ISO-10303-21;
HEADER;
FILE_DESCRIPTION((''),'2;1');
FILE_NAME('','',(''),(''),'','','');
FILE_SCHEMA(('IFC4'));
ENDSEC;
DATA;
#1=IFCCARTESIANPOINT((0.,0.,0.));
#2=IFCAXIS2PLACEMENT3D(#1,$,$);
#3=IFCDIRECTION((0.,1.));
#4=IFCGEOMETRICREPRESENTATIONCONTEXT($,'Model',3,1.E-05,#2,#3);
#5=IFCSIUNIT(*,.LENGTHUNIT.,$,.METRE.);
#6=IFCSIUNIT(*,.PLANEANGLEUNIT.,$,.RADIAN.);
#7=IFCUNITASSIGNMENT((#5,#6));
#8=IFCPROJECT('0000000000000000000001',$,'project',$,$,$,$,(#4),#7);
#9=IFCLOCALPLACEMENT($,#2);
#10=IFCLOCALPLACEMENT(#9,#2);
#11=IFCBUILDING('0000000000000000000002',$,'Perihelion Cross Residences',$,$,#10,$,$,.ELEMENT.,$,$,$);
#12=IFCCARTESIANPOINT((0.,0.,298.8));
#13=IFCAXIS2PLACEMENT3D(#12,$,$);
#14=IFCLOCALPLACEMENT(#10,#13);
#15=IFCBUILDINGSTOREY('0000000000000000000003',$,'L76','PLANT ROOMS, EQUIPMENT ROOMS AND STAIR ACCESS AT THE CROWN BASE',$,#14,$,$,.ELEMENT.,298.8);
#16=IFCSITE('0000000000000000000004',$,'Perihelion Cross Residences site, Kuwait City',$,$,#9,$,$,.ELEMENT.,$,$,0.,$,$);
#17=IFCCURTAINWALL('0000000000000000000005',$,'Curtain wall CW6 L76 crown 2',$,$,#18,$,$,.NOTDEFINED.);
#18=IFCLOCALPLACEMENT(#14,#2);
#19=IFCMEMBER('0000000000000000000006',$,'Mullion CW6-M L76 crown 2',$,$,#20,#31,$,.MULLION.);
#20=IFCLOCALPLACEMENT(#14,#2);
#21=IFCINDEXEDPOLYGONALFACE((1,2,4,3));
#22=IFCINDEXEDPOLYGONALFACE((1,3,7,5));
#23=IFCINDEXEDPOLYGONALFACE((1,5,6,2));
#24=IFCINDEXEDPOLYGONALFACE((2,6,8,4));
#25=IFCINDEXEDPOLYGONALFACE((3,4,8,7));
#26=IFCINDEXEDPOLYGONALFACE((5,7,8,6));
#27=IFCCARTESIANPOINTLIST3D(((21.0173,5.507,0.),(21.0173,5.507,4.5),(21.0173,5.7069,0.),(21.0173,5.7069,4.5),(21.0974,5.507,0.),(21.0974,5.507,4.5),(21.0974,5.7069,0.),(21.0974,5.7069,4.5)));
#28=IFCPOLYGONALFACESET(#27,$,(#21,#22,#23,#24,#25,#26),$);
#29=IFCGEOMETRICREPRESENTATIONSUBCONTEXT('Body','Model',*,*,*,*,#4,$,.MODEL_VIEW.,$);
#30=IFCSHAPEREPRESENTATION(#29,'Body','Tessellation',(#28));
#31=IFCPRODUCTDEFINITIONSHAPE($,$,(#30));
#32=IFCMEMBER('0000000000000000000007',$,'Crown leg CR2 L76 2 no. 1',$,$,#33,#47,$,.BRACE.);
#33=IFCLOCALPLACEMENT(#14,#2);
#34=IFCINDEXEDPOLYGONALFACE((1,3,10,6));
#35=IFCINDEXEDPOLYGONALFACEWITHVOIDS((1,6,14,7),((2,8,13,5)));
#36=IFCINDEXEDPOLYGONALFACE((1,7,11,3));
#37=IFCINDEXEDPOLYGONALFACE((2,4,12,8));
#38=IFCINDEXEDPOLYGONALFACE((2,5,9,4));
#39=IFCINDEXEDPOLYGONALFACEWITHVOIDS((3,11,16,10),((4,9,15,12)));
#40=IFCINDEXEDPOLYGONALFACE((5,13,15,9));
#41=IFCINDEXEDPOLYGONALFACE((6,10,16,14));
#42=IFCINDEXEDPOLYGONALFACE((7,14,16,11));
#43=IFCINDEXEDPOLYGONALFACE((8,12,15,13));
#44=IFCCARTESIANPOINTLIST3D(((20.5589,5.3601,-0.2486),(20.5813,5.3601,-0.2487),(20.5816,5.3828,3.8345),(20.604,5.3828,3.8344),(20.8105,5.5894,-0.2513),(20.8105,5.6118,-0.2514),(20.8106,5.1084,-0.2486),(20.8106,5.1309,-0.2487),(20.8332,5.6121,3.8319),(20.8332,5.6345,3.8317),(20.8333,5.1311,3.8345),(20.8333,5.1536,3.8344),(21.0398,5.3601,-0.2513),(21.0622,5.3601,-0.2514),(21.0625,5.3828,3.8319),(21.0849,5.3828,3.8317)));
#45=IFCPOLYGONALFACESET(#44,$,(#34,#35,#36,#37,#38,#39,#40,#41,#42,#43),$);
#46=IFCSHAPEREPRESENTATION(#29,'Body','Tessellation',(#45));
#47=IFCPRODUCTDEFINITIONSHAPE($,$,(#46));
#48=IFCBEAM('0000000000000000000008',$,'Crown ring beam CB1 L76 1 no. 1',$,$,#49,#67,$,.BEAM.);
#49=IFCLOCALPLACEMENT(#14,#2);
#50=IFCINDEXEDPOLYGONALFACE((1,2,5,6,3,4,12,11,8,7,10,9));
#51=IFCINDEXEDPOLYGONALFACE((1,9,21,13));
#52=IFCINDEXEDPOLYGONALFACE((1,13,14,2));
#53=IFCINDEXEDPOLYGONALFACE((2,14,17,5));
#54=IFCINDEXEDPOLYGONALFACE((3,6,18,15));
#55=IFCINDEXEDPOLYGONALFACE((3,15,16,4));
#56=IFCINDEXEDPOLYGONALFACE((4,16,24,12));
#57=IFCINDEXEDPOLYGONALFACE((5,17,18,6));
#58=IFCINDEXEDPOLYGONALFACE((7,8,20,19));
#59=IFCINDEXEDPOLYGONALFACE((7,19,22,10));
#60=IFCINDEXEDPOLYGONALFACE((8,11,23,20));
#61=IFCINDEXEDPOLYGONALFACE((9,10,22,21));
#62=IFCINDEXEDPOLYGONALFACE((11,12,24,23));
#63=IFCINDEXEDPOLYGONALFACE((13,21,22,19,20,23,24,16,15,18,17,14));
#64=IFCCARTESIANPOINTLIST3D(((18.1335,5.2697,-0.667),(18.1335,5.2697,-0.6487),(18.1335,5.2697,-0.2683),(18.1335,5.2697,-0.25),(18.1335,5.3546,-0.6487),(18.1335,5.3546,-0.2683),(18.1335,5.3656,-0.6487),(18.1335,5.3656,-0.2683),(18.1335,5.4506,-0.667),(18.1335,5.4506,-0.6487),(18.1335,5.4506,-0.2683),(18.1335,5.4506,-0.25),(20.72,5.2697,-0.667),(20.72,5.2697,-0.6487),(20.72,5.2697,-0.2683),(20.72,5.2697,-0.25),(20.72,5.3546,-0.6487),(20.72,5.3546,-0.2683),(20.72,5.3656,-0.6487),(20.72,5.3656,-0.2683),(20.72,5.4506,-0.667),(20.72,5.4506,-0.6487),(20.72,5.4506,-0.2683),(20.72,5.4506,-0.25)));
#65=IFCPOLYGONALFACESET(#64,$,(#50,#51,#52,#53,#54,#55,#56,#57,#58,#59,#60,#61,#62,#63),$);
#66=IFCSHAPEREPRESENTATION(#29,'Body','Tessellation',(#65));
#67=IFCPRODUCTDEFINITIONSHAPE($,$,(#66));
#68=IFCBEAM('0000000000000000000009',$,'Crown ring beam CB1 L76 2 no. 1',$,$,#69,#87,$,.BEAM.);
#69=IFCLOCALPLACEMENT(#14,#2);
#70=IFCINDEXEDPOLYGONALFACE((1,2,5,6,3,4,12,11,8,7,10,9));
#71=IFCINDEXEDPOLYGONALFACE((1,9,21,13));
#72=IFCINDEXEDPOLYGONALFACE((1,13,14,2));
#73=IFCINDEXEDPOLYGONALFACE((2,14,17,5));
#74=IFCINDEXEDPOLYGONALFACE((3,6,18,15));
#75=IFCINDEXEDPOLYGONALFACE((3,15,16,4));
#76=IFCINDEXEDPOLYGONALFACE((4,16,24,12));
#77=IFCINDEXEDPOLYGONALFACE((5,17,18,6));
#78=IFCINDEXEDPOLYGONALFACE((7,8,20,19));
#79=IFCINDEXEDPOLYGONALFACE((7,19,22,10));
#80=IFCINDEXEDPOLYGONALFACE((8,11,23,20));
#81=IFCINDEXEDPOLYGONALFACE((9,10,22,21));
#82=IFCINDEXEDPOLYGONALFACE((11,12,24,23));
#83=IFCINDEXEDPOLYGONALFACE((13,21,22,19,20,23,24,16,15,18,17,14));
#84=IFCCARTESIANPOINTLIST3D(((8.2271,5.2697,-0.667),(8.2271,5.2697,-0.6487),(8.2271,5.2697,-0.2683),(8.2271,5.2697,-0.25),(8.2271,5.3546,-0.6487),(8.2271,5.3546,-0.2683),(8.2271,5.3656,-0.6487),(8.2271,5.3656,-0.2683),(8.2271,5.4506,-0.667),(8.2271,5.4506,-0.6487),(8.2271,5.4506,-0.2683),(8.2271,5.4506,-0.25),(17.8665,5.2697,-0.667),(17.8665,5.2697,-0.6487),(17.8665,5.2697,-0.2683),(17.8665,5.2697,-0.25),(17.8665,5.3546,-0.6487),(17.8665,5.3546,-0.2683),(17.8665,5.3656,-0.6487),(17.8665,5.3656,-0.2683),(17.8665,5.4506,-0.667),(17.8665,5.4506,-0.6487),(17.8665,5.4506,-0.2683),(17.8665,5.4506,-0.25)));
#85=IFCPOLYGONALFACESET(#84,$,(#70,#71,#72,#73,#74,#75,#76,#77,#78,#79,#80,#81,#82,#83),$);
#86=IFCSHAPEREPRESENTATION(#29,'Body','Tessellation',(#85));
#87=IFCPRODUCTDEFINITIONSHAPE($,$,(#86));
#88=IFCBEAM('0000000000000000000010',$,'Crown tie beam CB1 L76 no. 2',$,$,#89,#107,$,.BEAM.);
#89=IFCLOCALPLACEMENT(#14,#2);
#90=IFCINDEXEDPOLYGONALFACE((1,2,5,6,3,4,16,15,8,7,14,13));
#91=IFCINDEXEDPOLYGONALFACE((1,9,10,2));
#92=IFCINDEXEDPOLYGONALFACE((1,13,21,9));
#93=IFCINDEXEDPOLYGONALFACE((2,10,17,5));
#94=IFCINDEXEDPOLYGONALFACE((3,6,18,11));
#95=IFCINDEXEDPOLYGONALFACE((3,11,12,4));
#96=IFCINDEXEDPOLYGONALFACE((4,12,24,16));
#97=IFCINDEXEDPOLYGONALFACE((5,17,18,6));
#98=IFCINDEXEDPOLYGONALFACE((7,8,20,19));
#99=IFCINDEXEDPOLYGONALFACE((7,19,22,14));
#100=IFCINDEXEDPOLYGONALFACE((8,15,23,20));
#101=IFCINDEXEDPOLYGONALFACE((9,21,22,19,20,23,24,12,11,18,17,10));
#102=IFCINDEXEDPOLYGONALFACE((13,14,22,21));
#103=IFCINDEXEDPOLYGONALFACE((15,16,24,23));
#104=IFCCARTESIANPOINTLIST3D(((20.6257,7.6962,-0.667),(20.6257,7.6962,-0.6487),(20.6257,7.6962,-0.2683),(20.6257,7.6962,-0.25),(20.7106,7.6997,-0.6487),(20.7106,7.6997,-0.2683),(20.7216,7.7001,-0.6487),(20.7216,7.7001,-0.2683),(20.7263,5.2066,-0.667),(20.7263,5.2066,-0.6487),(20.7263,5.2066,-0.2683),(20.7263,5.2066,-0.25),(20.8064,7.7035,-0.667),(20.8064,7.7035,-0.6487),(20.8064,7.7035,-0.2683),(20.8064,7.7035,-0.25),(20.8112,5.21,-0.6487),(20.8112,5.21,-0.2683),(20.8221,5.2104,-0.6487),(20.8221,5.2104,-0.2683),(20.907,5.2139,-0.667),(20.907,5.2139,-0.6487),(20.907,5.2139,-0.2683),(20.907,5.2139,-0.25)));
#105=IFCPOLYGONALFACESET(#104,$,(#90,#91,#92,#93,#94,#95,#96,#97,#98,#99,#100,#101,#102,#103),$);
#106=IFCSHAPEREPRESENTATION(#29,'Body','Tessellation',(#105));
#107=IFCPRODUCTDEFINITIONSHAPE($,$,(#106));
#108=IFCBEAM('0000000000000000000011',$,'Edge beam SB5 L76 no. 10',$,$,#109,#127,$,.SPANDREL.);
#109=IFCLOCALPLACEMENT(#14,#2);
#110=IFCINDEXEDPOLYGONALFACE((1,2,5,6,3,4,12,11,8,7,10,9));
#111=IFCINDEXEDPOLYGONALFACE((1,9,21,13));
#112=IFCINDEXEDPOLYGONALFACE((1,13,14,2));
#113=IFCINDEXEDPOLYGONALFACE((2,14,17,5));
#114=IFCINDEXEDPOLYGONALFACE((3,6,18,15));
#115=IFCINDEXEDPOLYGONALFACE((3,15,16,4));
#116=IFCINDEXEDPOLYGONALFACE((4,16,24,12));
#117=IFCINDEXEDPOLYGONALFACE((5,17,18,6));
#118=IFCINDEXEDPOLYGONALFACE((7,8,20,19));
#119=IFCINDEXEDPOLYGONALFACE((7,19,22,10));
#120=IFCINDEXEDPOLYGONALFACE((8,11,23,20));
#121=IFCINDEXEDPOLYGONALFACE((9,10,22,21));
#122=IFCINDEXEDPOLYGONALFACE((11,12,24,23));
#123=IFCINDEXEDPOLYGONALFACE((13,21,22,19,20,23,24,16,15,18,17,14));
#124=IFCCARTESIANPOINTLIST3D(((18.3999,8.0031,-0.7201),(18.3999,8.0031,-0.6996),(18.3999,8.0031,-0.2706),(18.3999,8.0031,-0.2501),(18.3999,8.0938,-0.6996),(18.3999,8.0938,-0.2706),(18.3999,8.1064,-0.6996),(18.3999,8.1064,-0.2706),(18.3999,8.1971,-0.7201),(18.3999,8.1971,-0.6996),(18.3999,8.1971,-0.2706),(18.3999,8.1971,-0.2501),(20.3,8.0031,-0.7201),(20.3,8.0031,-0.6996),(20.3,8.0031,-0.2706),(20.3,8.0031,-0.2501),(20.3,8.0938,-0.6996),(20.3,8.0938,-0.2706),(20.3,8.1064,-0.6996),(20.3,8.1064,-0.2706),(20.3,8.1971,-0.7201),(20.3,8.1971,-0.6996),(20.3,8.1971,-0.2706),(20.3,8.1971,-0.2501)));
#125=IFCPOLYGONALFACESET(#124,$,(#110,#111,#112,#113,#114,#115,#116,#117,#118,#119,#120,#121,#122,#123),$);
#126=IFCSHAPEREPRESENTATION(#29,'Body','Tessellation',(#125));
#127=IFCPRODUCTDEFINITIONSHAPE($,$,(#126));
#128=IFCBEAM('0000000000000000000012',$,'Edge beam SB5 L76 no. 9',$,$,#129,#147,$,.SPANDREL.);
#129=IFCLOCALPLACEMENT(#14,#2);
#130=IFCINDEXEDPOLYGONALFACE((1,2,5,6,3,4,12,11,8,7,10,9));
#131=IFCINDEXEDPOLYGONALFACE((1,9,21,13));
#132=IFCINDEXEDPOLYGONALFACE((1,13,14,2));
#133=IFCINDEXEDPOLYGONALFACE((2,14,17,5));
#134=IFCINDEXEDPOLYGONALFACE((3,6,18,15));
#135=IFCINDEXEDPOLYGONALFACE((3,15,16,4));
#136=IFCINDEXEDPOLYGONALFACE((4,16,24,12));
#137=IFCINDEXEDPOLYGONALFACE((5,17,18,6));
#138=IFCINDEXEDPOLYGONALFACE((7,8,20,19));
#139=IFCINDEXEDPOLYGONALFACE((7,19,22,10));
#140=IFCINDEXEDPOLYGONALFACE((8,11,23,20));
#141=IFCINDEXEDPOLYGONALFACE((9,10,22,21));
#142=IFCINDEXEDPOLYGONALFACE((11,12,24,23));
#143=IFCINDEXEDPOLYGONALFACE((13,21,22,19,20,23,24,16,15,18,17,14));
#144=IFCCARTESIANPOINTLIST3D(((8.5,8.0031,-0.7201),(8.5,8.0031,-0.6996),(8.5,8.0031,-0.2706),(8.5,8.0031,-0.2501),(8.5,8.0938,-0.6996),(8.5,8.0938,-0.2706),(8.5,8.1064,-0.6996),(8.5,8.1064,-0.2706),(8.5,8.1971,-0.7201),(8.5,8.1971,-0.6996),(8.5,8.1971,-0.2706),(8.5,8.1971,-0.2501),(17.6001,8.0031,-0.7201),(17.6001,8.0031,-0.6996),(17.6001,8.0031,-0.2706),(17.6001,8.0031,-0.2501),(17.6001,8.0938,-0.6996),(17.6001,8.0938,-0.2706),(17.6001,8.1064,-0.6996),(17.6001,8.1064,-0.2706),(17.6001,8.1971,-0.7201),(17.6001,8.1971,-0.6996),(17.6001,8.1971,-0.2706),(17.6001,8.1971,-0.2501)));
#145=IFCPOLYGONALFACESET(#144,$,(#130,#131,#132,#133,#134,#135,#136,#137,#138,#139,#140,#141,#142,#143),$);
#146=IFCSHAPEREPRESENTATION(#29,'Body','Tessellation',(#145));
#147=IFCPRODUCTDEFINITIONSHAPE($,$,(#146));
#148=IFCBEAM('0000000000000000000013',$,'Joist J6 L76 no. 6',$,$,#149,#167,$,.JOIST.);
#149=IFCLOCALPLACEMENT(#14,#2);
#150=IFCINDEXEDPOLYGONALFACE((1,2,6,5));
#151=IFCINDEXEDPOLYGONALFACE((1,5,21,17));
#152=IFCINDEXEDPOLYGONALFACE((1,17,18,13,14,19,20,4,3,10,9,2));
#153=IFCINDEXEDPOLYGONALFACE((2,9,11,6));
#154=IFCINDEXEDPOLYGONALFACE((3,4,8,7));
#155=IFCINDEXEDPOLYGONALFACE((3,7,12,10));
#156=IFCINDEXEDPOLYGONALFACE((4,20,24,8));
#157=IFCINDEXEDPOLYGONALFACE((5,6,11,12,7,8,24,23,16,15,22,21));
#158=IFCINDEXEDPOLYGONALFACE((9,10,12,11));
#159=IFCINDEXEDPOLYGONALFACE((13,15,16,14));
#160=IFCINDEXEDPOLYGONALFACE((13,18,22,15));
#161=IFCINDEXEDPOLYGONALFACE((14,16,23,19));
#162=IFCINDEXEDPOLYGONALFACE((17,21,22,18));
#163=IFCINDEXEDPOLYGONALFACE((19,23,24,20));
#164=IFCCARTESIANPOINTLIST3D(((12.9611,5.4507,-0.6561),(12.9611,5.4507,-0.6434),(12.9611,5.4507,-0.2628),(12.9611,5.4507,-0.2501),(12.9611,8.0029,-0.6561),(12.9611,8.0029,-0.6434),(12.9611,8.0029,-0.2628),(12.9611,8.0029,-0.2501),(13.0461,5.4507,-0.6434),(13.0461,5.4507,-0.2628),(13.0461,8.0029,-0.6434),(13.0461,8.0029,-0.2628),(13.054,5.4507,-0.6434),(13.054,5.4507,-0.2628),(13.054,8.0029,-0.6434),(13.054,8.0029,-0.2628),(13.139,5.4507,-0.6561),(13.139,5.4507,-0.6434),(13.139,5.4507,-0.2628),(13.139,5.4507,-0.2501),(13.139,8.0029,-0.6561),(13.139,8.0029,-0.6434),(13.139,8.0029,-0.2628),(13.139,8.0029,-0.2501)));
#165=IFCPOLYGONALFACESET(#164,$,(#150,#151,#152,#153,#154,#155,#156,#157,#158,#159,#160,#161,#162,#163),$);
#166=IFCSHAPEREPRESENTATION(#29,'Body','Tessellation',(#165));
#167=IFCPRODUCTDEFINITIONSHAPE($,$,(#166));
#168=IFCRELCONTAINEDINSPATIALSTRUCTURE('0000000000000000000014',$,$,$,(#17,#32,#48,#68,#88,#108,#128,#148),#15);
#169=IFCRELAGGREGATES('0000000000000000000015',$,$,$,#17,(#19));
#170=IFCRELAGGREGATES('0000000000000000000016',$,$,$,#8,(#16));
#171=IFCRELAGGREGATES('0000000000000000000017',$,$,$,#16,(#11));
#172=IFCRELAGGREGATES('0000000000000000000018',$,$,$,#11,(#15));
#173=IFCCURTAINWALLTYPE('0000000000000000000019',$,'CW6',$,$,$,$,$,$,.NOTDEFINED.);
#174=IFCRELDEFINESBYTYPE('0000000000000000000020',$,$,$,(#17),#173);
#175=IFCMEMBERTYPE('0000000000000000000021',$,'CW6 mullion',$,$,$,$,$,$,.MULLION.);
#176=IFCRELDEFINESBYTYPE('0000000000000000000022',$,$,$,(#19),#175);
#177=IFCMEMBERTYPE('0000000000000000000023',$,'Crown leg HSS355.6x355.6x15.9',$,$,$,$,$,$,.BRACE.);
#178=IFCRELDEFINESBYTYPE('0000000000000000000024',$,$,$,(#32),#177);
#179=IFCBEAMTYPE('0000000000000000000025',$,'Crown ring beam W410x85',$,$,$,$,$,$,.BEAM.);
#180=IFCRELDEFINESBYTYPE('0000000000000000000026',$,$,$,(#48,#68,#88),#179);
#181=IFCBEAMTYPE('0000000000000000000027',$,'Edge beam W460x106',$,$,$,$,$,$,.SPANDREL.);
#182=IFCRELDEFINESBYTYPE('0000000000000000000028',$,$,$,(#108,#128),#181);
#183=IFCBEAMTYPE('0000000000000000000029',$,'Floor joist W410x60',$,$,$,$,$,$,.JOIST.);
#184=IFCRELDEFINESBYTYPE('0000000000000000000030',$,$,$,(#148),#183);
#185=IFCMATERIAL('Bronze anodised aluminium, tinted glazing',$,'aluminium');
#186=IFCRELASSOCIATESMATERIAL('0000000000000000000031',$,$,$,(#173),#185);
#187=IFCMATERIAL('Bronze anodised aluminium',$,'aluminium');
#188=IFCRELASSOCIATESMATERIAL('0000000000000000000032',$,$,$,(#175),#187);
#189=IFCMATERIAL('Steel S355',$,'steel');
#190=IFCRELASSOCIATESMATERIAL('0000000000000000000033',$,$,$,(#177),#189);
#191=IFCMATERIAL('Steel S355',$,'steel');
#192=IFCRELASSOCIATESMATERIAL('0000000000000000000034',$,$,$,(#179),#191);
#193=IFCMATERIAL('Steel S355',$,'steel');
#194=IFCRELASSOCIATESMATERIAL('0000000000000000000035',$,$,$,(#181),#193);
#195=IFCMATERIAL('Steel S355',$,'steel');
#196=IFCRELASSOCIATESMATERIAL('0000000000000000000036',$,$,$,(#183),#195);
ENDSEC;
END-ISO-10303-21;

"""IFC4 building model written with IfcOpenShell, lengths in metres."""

from ifc_helpers import new_model, si_unit, direction, frame, origin, origin_2d, place, context, subcontext, project, spatial, rectangle, hollow_rectangle, i_section, extrude, material, material_profile, profile_set, type_object, element, aggregate, save


model = new_model("IFC4")

# Units and contexts
model_context = context("Model", 3, precision=1e-05, world=origin(), true_north=direction((0.0, 1.0)))
body_context = subcontext(model_context, "Body", "Model", "MODEL_VIEW")
ifc_project = project(units=[si_unit("LENGTHUNIT", "METRE"), si_unit("PLANEANGLEUNIT", "RADIAN")], contexts=[model_context])

# Site, building, storey
site_placement = place(None, origin())
site = spatial("IfcSite", under=ifc_project, at=site_placement, Name="Perihelion Cross Residences site, Kuwait City", CompositionType="ELEMENT", RefElevation=0.0)
building_placement = place(site_placement, origin())
building = spatial("IfcBuilding", under=site, at=building_placement, Name="Perihelion Cross Residences", CompositionType="ELEMENT")
storey_placement = place(building_placement, frame((0.0, 0.0, 298.8)))
storey = spatial("IfcBuildingStorey", under=building, at=storey_placement, Name="L76", Description="PLANT ROOMS, EQUIPMENT ROOMS AND STAIR ACCESS AT THE CROWN BASE", CompositionType="ELEMENT", Elevation=298.8)

# Curtain wall, member
ifc_material_1 = material(Name="Bronze anodised aluminium, tinted glazing", Category="aluminium")
curtain_wall_type = type_object("IfcCurtainWallType", Name="CW6", PredefinedType="NOTDEFINED", material=ifc_material_1)
curtain_wall_1_placement = place(storey_placement, origin())
curtain_wall_1 = element("IfcCurtainWall", 1, at=curtain_wall_1_placement, inside=storey, type_object=curtain_wall_type, Name="Curtain wall CW6 L76 crown 2", PredefinedType="NOTDEFINED")
ifc_material_2 = material(Name="Bronze anodised aluminium", Category="aluminium")
ifc_material_profile_1 = material_profile(ifc_material_2, rectangle(XDim=0.0801, YDim=0.2, at=origin_2d()), Name="CW6 mullion")
ifc_profile_set_1 = profile_set([ifc_material_profile_1], Name="Bronze anodised aluminium")
member_type_1 = type_object("IfcMemberType", Name="CW6 mullion", PredefinedType="MULLION", material=ifc_profile_set_1)
member_1_placement = place(storey_placement, frame((21.0574, 5.6069, 0.0), z_axis=(0.0, 0.0, 1.0), x_axis=(1.0, 0.0, 0.0)))
member_1 = element("IfcMember", 2, at=member_1_placement, type_object=member_type_1, Name="Mullion CW6-M L76 crown 2", PredefinedType="MULLION", context=body_context, shape_type="SweptSolid", body=[
    extrude(rectangle(XDim=0.0801, YDim=0.2, at=origin_2d()), origin(), (0.0, 0.0, 1.0), 4.5),
])
aggregate(curtain_wall_1, [member_1])

# Member
ifc_material_3 = material(Name="Steel S355", Category="steel")
ifc_material_profile_2 = material_profile(ifc_material_3, hollow_rectangle(XDim=0.356, YDim=0.356, WallThickness=0.0159, at=origin_2d()), Name="HSS355.6x355.6x15.9")
ifc_profile_set_2 = profile_set([ifc_material_profile_2], Name="Steel S355")
member_type_2 = type_object("IfcMemberType", Name="Crown leg HSS355.6x355.6x15.9", PredefinedType="BRACE", material=ifc_profile_set_2)
member_2_placement = place(storey_placement, frame((20.8105, 5.3601, -0.25), z_axis=(0.005561, 0.005561, 0.999969), x_axis=(-0.707107, 0.707107, 0.0)))
element("IfcMember", 3, at=member_2_placement, inside=storey, type_object=member_type_2, Name="Crown leg CR2 L76 2 no. 1", PredefinedType="BRACE", context=body_context, shape_type="SweptSolid", body=[
    extrude(hollow_rectangle(XDim=0.356, YDim=0.356, WallThickness=0.0159, at=origin_2d()), origin(), (0.0, 0.0, 1.0), 4.0833),
])

# Beams
ifc_material_4 = material(Name="Steel S355", Category="steel")
ifc_material_profile_3 = material_profile(ifc_material_4, i_section(OverallWidth=0.1809, OverallDepth=0.417, WebThickness=0.011, FlangeThickness=0.0183, at=origin_2d()), Name="W410x85")
ifc_profile_set_3 = profile_set([ifc_material_profile_3], Name="Steel S355")
beam_type_1 = type_object("IfcBeamType", Name="Crown ring beam W410x85", PredefinedType="BEAM", material=ifc_profile_set_3)
beam_1_placement = place(storey_placement, frame((20.72, 5.3601, -0.4585), z_axis=(-1.0, 0.0, 0.0), x_axis=(0.0, -1.0, 0.0)))
element("IfcBeam", 4, at=beam_1_placement, inside=storey, type_object=beam_type_1, Name="Crown ring beam CB1 L76 1 no. 1", PredefinedType="BEAM", context=body_context, shape_type="SweptSolid", body=[
    extrude(i_section(OverallWidth=0.1809, OverallDepth=0.417, WebThickness=0.011, FlangeThickness=0.0183, at=origin_2d()), origin(), (0.0, 0.0, 1.0), 2.5864),
])
beam_2_placement = place(storey_placement, frame((17.8665, 5.3601, -0.4585), z_axis=(-1.0, 0.0, 0.0), x_axis=(0.0, -1.0, 0.0)))
element("IfcBeam", 5, at=beam_2_placement, inside=storey, type_object=beam_type_1, Name="Crown ring beam CB1 L76 2 no. 1", PredefinedType="BEAM", context=body_context, shape_type="SweptSolid", body=[
    extrude(i_section(OverallWidth=0.1809, OverallDepth=0.417, WebThickness=0.011, FlangeThickness=0.0183, at=origin_2d()), origin(), (0.0, 0.0, 1.0), 9.6394),
])
beam_3_placement = place(storey_placement, frame((20.8167, 5.2102, -0.4585), z_axis=(-0.040367, 0.999185, 0.0), x_axis=(-0.999185, -0.040367, 0.0)))
element("IfcBeam", 6, at=beam_3_placement, inside=storey, type_object=beam_type_1, Name="Crown tie beam CB1 L76 no. 2", PredefinedType="BEAM", context=body_context, shape_type="SweptSolid", body=[
    extrude(i_section(OverallWidth=0.1809, OverallDepth=0.417, WebThickness=0.011, FlangeThickness=0.0183, at=origin_2d()), origin(), (0.0, 0.0, 1.0), 2.4917),
])
ifc_material_5 = material(Name="Steel S355", Category="steel")
ifc_material_profile_4 = material_profile(ifc_material_5, i_section(OverallWidth=0.1941, OverallDepth=0.47, WebThickness=0.0127, FlangeThickness=0.0205, at=origin_2d()), Name="W460x106")
ifc_profile_set_4 = profile_set([ifc_material_profile_4], Name="Steel S355")
beam_type_2 = type_object("IfcBeamType", Name="Edge beam W460x106", PredefinedType="SPANDREL", material=ifc_profile_set_4)
beam_4_placement = place(storey_placement, frame((20.3, 8.1001, -0.4851), z_axis=(-1.0, 0.0, 0.0), x_axis=(0.0, -1.0, 0.0)))
element("IfcBeam", 7, at=beam_4_placement, inside=storey, type_object=beam_type_2, Name="Edge beam SB5 L76 no. 10", PredefinedType="SPANDREL", context=body_context, shape_type="SweptSolid", body=[
    extrude(i_section(OverallWidth=0.1941, OverallDepth=0.47, WebThickness=0.0127, FlangeThickness=0.0205, at=origin_2d()), origin(), (0.0, 0.0, 1.0), 1.9001),
])
beam_5_placement = place(storey_placement, frame((17.6001, 8.1001, -0.4851), z_axis=(-1.0, 0.0, 0.0), x_axis=(0.0, -1.0, 0.0)))
element("IfcBeam", 8, at=beam_5_placement, inside=storey, type_object=beam_type_2, Name="Edge beam SB5 L76 no. 9", PredefinedType="SPANDREL", context=body_context, shape_type="SweptSolid", body=[
    extrude(i_section(OverallWidth=0.1941, OverallDepth=0.47, WebThickness=0.0127, FlangeThickness=0.0205, at=origin_2d()), origin(), (0.0, 0.0, 1.0), 9.1001),
])
ifc_material_6 = material(Name="Steel S355", Category="steel")
ifc_material_profile_5 = material_profile(ifc_material_6, i_section(OverallWidth=0.178, OverallDepth=0.406, WebThickness=0.0078, FlangeThickness=0.0127, at=origin_2d()), Name="W410x60")
ifc_profile_set_5 = profile_set([ifc_material_profile_5], Name="Steel S355")
beam_type_3 = type_object("IfcBeamType", Name="Floor joist W410x60", PredefinedType="JOIST", material=ifc_profile_set_5)
beam_6_placement = place(storey_placement, frame((13.05, 5.4507, -0.4531), z_axis=(0.0, 1.0, 0.0), x_axis=(-1.0, 0.0, 0.0)))
element("IfcBeam", 9, at=beam_6_placement, inside=storey, type_object=beam_type_3, Name="Joist J6 L76 no. 6", PredefinedType="JOIST", context=body_context, shape_type="SweptSolid", body=[
    extrude(i_section(OverallWidth=0.178, OverallDepth=0.406, WebThickness=0.0078, FlangeThickness=0.0127, at=origin_2d()), origin(), (0.0, 0.0, 1.0), 2.5522),
])

save(model, "model.ifc")
